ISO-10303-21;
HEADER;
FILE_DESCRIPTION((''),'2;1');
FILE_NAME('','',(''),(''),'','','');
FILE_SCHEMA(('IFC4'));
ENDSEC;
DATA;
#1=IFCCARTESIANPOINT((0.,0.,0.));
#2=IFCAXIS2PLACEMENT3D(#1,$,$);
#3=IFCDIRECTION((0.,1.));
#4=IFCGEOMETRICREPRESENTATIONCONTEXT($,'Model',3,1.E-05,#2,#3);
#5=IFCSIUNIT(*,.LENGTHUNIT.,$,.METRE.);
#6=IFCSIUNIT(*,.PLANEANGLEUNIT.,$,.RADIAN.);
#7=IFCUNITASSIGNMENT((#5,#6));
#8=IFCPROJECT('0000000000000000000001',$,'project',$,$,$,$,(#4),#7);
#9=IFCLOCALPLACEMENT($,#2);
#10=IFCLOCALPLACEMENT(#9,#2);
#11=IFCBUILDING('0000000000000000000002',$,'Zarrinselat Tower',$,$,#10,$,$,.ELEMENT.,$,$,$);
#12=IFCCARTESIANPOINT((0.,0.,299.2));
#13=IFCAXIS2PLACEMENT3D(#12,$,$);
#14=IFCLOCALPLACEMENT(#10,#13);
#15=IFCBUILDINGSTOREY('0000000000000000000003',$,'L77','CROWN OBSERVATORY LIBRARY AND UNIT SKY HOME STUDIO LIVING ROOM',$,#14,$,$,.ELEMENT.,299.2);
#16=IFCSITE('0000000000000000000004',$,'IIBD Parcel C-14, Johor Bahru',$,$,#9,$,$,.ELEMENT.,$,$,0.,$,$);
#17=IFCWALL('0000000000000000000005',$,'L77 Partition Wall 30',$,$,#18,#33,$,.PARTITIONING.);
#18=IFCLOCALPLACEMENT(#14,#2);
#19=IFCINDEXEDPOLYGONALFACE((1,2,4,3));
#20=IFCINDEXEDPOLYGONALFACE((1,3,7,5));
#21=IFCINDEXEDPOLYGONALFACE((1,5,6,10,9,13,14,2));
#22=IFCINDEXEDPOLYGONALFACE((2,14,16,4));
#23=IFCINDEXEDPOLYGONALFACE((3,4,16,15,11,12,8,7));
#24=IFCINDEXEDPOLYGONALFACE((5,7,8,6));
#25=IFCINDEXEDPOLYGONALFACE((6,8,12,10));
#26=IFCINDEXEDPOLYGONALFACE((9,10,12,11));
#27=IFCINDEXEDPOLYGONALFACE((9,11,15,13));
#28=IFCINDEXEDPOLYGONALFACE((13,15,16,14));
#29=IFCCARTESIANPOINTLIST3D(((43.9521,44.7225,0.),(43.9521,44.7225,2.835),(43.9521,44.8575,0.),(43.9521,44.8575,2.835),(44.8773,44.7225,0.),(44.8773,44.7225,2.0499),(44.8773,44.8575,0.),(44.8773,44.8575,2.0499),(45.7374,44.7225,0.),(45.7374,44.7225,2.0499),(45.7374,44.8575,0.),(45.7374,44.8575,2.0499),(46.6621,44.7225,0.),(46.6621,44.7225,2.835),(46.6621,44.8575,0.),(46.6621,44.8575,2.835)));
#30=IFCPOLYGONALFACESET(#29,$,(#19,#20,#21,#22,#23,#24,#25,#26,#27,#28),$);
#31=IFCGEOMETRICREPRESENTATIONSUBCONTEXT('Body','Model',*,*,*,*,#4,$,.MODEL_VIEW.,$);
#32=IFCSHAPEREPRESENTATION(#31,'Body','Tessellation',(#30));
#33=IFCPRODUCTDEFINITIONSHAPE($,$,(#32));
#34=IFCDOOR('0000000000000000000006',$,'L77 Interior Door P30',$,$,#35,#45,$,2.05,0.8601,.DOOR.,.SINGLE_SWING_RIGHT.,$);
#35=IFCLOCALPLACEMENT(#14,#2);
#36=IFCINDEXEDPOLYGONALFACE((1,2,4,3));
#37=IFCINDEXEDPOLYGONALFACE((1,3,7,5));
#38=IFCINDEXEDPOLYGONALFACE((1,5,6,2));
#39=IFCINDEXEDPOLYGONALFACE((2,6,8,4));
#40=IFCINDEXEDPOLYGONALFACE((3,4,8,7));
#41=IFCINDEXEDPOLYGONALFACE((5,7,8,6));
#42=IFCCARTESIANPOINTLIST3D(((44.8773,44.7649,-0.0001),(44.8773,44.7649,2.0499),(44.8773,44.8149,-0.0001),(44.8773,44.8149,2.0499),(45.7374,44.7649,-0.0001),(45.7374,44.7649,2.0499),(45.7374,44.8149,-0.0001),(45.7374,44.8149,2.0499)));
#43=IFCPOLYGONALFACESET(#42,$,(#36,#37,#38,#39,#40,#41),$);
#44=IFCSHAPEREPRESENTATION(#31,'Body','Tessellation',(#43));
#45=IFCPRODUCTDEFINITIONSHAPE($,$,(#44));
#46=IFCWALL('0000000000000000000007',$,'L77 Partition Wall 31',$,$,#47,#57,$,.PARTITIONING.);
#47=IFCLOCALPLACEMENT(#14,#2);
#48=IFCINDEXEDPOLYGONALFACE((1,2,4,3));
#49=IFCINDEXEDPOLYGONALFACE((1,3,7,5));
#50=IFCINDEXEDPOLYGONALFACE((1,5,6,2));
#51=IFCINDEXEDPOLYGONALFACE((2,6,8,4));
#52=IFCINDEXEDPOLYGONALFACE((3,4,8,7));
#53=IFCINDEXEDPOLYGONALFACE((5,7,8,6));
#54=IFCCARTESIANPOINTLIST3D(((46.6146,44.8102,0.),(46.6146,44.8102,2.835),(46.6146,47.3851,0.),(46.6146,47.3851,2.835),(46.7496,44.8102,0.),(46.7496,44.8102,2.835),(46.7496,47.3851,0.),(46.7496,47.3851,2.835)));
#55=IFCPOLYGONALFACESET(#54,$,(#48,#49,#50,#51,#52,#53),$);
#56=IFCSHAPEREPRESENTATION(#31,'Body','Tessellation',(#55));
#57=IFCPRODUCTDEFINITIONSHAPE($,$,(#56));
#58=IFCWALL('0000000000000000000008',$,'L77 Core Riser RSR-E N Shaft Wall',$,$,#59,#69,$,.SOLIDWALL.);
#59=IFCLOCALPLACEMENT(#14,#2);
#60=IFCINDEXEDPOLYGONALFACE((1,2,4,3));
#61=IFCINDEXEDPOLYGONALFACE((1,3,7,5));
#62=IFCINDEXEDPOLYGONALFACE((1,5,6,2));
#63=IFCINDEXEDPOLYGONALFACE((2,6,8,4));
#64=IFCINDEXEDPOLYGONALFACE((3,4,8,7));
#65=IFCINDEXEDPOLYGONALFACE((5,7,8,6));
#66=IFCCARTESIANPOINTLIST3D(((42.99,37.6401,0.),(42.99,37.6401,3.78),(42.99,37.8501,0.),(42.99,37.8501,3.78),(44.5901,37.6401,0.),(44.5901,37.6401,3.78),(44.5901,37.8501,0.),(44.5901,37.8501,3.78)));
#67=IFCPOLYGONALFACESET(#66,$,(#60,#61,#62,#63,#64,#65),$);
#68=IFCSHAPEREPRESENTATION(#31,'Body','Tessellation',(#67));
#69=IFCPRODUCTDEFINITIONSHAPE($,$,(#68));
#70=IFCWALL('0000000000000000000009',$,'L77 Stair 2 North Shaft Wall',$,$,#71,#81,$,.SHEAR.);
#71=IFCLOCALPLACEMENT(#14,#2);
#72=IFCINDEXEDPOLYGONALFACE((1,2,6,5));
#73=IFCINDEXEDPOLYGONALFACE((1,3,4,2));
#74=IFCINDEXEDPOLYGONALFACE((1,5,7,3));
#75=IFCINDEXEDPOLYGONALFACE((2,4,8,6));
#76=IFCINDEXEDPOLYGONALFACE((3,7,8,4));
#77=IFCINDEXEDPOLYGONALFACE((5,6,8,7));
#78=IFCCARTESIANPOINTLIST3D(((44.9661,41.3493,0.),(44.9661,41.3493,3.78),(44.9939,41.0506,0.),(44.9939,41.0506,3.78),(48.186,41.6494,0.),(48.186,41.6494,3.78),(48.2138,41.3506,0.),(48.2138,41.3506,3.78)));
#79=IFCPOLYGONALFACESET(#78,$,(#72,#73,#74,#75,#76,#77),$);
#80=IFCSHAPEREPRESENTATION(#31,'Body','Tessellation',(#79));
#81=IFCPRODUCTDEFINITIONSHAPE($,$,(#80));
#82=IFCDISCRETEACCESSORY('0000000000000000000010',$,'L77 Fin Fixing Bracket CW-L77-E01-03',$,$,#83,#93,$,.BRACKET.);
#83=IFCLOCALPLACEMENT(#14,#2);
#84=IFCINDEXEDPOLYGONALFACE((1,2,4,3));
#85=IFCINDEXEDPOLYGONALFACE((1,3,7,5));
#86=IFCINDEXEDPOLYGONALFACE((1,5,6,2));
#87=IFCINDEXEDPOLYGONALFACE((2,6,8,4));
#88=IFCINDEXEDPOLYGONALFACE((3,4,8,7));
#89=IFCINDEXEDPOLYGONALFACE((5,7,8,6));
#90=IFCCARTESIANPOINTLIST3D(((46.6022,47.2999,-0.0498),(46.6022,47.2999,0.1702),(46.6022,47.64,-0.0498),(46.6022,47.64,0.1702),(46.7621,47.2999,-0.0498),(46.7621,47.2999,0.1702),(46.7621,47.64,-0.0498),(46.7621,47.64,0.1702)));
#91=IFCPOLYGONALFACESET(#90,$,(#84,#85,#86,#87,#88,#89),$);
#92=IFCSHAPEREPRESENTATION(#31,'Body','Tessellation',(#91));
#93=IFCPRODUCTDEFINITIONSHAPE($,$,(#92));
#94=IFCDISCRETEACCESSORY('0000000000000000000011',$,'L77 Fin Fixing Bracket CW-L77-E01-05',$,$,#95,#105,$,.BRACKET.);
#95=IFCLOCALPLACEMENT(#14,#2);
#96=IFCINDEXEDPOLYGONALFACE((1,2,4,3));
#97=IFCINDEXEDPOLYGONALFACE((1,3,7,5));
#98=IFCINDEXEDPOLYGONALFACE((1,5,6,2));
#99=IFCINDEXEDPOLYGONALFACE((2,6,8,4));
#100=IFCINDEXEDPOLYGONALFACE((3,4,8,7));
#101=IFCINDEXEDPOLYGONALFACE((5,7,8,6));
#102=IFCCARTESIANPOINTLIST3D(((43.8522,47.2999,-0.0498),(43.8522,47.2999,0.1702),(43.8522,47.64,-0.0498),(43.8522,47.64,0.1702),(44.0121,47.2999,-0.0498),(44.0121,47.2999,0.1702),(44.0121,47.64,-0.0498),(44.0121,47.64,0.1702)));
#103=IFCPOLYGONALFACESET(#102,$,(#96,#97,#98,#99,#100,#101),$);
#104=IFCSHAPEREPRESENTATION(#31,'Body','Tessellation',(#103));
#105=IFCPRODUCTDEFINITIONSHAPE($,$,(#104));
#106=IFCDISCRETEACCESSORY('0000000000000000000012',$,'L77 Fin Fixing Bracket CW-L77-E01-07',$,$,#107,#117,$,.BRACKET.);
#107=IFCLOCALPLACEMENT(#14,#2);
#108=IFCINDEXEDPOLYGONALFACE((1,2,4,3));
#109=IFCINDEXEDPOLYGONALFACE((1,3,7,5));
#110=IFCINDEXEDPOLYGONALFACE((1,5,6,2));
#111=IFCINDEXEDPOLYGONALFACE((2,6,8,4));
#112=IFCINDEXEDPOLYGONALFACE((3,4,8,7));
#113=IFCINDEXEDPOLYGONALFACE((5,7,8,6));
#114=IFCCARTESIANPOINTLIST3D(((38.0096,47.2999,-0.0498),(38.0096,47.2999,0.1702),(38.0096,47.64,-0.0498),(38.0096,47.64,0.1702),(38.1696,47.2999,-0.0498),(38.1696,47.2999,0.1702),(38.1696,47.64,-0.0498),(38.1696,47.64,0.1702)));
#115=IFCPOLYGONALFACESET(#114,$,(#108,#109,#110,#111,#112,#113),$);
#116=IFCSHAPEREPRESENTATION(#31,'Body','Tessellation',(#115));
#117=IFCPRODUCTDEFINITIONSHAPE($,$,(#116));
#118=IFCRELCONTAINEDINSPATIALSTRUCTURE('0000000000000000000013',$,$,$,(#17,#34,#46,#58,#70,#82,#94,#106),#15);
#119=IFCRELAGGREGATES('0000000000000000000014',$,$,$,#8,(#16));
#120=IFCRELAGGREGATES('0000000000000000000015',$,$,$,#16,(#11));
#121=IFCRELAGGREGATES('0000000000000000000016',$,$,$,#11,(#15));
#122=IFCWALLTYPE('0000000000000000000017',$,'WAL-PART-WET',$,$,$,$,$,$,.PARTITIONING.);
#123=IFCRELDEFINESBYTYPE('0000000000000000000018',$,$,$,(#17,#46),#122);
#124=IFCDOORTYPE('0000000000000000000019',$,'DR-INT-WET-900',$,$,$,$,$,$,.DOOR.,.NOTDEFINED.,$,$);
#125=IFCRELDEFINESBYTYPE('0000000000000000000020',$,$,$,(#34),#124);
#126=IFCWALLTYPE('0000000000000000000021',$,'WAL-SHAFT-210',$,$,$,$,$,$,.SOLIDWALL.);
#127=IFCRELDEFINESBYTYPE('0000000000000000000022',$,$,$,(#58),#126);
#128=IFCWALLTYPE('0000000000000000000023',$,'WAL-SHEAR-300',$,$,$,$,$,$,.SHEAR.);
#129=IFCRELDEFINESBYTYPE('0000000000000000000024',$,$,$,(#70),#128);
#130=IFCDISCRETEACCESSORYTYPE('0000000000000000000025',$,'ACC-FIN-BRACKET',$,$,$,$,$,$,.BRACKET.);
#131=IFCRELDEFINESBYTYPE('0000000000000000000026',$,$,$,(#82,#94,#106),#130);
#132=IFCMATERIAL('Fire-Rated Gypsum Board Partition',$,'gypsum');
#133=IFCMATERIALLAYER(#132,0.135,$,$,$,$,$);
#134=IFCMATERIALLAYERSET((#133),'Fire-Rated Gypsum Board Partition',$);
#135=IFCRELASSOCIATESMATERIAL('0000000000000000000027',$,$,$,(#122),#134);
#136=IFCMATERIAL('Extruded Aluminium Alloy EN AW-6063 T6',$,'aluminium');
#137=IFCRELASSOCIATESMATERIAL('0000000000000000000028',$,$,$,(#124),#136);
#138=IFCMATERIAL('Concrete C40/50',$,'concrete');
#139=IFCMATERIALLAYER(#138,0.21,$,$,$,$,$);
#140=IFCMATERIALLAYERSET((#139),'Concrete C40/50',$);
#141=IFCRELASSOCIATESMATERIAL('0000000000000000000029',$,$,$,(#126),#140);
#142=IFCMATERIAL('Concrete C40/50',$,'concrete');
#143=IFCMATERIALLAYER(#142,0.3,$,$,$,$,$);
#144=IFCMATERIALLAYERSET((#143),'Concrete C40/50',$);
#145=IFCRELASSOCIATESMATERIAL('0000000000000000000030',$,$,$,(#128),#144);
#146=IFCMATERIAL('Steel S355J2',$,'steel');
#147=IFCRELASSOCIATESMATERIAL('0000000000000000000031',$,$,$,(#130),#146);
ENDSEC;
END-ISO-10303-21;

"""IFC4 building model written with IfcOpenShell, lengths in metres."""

from ifc_helpers import new_model, si_unit, direction, frame, frame_2d, origin, origin_2d, place, context, subcontext, project, spatial, rectangle, extrude, material, layer, layer_set, type_object, element, fill, save


model = new_model("IFC4")

# Units and contexts
model_context = context("Model", 3, precision=1e-05, world=origin(), true_north=direction((0.0, 1.0)))
body_context = subcontext(model_context, "Body", "Model", "MODEL_VIEW")
ifc_project = project(units=[si_unit("LENGTHUNIT", "METRE"), si_unit("PLANEANGLEUNIT", "RADIAN")], contexts=[model_context])

# Site, building, storey
site_placement = place(None, origin())
site = spatial("IfcSite", under=ifc_project, at=site_placement, Name="IIBD Parcel C-14, Johor Bahru", CompositionType="ELEMENT", RefElevation=0.0)
building_placement = place(site_placement, origin())
building = spatial("IfcBuilding", under=site, at=building_placement, Name="Zarrinselat Tower", CompositionType="ELEMENT")
storey_placement = place(building_placement, frame((0.0, 0.0, 299.2)))
storey = spatial("IfcBuildingStorey", under=building, at=storey_placement, Name="L77", Description="CROWN OBSERVATORY LIBRARY AND UNIT SKY HOME STUDIO LIVING ROOM", CompositionType="ELEMENT", Elevation=299.2)

# Shared definitions
ifc_material_1 = material(Name="Fire-Rated Gypsum Board Partition", Category="gypsum")
ifc_layer_1 = layer(ifc_material_1, 0.135)
ifc_layer_set_1 = layer_set([ifc_layer_1], Name="Fire-Rated Gypsum Board Partition")
wall_type_1 = type_object("IfcWallType", Name="WAL-PART-WET", PredefinedType="PARTITIONING", material=ifc_layer_set_1)

# Wall, opening, door
wall_1_placement = place(storey_placement, frame((43.9521, 44.79, 0.0), z_axis=(0.0, 0.0, 1.0), x_axis=(1.0, 0.0, 0.0)))
wall_1 = element("IfcWall", 1, at=wall_1_placement, inside=storey, type_object=wall_type_1, Name="L77 Partition Wall 30", PredefinedType="PARTITIONING", context=body_context, shape_type="SweptSolid", body=[
    extrude(rectangle(XDim=2.71, YDim=0.135, at=frame_2d((1.355, 0.0))), origin(), (0.0, 0.0, 1.0), 2.835),
])
opening_1_placement = place(wall_1_placement, frame((0.925, 0.0, 0.0)))
opening_1 = element("IfcOpeningElement", 2, at=opening_1_placement, cuts=wall_1, PredefinedType="OPENING", context=body_context, shape_type="SweptSolid", body=[
    extrude(rectangle(XDim=0.8601, YDim=2.05, at=frame_2d((0.4302, 1.0249))), frame((0.0, 0.0774, 0.0), z_axis=(0.0, -1.0, 0.0), x_axis=(1.0, 0.0, 0.0)), (0.0, 0.0, 1.0), 0.155),
])
ifc_material_2 = material(Name="Extruded Aluminium Alloy EN AW-6063 T6", Category="aluminium")
door_type_1 = type_object("IfcDoorType", Name="DR-INT-WET-900", OperationType="NOTDEFINED", PredefinedType="DOOR", material=ifc_material_2)
door_1_placement = place(opening_1_placement, origin())
door_1 = element("IfcDoor", 3, at=door_1_placement, inside=storey, type_object=door_type_1, Name="L77 Interior Door P30", OperationType="SINGLE_SWING_RIGHT", OverallHeight=2.05, OverallWidth=0.8601, PredefinedType="DOOR", context=body_context, shape_type="SweptSolid", body=[
    extrude(rectangle(XDim=0.8601, YDim=2.05, at=frame_2d((0.4302, 1.0249))), frame((0.0, 0.0249, 0.0), z_axis=(0.0, -1.0, 0.0), x_axis=(1.0, 0.0, 0.0)), (0.0, 0.0, 1.0), 0.05),
])
fill(opening_1, door_1)

# Walls
wall_2_placement = place(storey_placement, frame((46.6821, 44.8101, 0.0), z_axis=(0.0, 0.0, 1.0), x_axis=(0.0, 1.0, 0.0)))
element("IfcWall", 4, at=wall_2_placement, inside=storey, type_object=wall_type_1, Name="L77 Partition Wall 31", PredefinedType="PARTITIONING", context=body_context, shape_type="SweptSolid", body=[
    extrude(rectangle(XDim=2.575, YDim=0.135, at=frame_2d((1.2876, 0.0))), origin(), (0.0, 0.0, 1.0), 2.835),
])
ifc_material_3 = material(Name="Concrete C40/50", Category="concrete")
ifc_layer_2 = layer(ifc_material_3, 0.21)
ifc_layer_set_2 = layer_set([ifc_layer_2], Name="Concrete C40/50")
wall_type_2 = type_object("IfcWallType", Name="WAL-SHAFT-210", PredefinedType="SOLIDWALL", material=ifc_layer_set_2)
wall_3_placement = place(storey_placement, frame((42.99, 37.7451, 0.0), z_axis=(0.0, 0.0, 1.0), x_axis=(1.0, 0.0, 0.0)))
element("IfcWall", 5, at=wall_3_placement, inside=storey, type_object=wall_type_2, Name="L77 Core Riser RSR-E N Shaft Wall", PredefinedType="SOLIDWALL", context=body_context, shape_type="SweptSolid", body=[
    extrude(rectangle(XDim=1.6001, YDim=0.21, at=frame_2d((0.8, 0.0))), origin(), (0.0, 0.0, 1.0), 3.78),
])
ifc_material_4 = material(Name="Concrete C40/50", Category="concrete")
ifc_layer_3 = layer(ifc_material_4, 0.3)
ifc_layer_set_3 = layer_set([ifc_layer_3], Name="Concrete C40/50")
wall_type_3 = type_object("IfcWallType", Name="WAL-SHEAR-300", PredefinedType="SHEAR", material=ifc_layer_set_3)
wall_4_placement = place(storey_placement, frame((44.98, 41.2, 0.0), z_axis=(0.0, 0.0, 1.0), x_axis=(0.995686, 0.092782, 0.0)))
element("IfcWall", 6, at=wall_4_placement, inside=storey, type_object=wall_type_3, Name="L77 Stair 2 North Shaft Wall", PredefinedType="SHEAR", context=body_context, shape_type="SweptSolid", body=[
    extrude(rectangle(XDim=3.2339, YDim=0.3, at=frame_2d((1.6169, 0.0))), origin(), (0.0, 0.0, 1.0), 3.78),
])

# Discrete accessories
ifc_material_5 = material(Name="Steel S355J2", Category="steel")
discrete_accessory_type = type_object("IfcDiscreteAccessoryType", Name="ACC-FIN-BRACKET", PredefinedType="BRACKET", material=ifc_material_5)
for number, where, z_axis, x_axis, name in (
    (7, (46.6821, 47.47, -0.0498), (0.0, 0.0, 1.0), (0.0, 1.0, 0.0), "L77 Fin Fixing Bracket CW-L77-E01-03"),
    (8, (43.9321, 47.47, -0.0498), (0.0, 0.0, 1.0), (0.0, 1.0, 0.0), "L77 Fin Fixing Bracket CW-L77-E01-05"),
    (9, (38.0896, 47.47, -0.0498), (0.0, 0.0, 1.0), (0.0, 1.0, 0.0), "L77 Fin Fixing Bracket CW-L77-E01-07"),
):
    element("IfcDiscreteAccessory", number, at=place(storey_placement, frame(where, z_axis=z_axis, x_axis=x_axis)), inside=storey, type_object=discrete_accessory_type, Name=name, PredefinedType="BRACKET", context=body_context, shape_type="SweptSolid", body=[
        extrude(rectangle(XDim=0.3401, YDim=0.1599, at=origin_2d()), origin(), (0.0, 0.0, 1.0), 0.22),
    ])

save(model, "model.ifc")
